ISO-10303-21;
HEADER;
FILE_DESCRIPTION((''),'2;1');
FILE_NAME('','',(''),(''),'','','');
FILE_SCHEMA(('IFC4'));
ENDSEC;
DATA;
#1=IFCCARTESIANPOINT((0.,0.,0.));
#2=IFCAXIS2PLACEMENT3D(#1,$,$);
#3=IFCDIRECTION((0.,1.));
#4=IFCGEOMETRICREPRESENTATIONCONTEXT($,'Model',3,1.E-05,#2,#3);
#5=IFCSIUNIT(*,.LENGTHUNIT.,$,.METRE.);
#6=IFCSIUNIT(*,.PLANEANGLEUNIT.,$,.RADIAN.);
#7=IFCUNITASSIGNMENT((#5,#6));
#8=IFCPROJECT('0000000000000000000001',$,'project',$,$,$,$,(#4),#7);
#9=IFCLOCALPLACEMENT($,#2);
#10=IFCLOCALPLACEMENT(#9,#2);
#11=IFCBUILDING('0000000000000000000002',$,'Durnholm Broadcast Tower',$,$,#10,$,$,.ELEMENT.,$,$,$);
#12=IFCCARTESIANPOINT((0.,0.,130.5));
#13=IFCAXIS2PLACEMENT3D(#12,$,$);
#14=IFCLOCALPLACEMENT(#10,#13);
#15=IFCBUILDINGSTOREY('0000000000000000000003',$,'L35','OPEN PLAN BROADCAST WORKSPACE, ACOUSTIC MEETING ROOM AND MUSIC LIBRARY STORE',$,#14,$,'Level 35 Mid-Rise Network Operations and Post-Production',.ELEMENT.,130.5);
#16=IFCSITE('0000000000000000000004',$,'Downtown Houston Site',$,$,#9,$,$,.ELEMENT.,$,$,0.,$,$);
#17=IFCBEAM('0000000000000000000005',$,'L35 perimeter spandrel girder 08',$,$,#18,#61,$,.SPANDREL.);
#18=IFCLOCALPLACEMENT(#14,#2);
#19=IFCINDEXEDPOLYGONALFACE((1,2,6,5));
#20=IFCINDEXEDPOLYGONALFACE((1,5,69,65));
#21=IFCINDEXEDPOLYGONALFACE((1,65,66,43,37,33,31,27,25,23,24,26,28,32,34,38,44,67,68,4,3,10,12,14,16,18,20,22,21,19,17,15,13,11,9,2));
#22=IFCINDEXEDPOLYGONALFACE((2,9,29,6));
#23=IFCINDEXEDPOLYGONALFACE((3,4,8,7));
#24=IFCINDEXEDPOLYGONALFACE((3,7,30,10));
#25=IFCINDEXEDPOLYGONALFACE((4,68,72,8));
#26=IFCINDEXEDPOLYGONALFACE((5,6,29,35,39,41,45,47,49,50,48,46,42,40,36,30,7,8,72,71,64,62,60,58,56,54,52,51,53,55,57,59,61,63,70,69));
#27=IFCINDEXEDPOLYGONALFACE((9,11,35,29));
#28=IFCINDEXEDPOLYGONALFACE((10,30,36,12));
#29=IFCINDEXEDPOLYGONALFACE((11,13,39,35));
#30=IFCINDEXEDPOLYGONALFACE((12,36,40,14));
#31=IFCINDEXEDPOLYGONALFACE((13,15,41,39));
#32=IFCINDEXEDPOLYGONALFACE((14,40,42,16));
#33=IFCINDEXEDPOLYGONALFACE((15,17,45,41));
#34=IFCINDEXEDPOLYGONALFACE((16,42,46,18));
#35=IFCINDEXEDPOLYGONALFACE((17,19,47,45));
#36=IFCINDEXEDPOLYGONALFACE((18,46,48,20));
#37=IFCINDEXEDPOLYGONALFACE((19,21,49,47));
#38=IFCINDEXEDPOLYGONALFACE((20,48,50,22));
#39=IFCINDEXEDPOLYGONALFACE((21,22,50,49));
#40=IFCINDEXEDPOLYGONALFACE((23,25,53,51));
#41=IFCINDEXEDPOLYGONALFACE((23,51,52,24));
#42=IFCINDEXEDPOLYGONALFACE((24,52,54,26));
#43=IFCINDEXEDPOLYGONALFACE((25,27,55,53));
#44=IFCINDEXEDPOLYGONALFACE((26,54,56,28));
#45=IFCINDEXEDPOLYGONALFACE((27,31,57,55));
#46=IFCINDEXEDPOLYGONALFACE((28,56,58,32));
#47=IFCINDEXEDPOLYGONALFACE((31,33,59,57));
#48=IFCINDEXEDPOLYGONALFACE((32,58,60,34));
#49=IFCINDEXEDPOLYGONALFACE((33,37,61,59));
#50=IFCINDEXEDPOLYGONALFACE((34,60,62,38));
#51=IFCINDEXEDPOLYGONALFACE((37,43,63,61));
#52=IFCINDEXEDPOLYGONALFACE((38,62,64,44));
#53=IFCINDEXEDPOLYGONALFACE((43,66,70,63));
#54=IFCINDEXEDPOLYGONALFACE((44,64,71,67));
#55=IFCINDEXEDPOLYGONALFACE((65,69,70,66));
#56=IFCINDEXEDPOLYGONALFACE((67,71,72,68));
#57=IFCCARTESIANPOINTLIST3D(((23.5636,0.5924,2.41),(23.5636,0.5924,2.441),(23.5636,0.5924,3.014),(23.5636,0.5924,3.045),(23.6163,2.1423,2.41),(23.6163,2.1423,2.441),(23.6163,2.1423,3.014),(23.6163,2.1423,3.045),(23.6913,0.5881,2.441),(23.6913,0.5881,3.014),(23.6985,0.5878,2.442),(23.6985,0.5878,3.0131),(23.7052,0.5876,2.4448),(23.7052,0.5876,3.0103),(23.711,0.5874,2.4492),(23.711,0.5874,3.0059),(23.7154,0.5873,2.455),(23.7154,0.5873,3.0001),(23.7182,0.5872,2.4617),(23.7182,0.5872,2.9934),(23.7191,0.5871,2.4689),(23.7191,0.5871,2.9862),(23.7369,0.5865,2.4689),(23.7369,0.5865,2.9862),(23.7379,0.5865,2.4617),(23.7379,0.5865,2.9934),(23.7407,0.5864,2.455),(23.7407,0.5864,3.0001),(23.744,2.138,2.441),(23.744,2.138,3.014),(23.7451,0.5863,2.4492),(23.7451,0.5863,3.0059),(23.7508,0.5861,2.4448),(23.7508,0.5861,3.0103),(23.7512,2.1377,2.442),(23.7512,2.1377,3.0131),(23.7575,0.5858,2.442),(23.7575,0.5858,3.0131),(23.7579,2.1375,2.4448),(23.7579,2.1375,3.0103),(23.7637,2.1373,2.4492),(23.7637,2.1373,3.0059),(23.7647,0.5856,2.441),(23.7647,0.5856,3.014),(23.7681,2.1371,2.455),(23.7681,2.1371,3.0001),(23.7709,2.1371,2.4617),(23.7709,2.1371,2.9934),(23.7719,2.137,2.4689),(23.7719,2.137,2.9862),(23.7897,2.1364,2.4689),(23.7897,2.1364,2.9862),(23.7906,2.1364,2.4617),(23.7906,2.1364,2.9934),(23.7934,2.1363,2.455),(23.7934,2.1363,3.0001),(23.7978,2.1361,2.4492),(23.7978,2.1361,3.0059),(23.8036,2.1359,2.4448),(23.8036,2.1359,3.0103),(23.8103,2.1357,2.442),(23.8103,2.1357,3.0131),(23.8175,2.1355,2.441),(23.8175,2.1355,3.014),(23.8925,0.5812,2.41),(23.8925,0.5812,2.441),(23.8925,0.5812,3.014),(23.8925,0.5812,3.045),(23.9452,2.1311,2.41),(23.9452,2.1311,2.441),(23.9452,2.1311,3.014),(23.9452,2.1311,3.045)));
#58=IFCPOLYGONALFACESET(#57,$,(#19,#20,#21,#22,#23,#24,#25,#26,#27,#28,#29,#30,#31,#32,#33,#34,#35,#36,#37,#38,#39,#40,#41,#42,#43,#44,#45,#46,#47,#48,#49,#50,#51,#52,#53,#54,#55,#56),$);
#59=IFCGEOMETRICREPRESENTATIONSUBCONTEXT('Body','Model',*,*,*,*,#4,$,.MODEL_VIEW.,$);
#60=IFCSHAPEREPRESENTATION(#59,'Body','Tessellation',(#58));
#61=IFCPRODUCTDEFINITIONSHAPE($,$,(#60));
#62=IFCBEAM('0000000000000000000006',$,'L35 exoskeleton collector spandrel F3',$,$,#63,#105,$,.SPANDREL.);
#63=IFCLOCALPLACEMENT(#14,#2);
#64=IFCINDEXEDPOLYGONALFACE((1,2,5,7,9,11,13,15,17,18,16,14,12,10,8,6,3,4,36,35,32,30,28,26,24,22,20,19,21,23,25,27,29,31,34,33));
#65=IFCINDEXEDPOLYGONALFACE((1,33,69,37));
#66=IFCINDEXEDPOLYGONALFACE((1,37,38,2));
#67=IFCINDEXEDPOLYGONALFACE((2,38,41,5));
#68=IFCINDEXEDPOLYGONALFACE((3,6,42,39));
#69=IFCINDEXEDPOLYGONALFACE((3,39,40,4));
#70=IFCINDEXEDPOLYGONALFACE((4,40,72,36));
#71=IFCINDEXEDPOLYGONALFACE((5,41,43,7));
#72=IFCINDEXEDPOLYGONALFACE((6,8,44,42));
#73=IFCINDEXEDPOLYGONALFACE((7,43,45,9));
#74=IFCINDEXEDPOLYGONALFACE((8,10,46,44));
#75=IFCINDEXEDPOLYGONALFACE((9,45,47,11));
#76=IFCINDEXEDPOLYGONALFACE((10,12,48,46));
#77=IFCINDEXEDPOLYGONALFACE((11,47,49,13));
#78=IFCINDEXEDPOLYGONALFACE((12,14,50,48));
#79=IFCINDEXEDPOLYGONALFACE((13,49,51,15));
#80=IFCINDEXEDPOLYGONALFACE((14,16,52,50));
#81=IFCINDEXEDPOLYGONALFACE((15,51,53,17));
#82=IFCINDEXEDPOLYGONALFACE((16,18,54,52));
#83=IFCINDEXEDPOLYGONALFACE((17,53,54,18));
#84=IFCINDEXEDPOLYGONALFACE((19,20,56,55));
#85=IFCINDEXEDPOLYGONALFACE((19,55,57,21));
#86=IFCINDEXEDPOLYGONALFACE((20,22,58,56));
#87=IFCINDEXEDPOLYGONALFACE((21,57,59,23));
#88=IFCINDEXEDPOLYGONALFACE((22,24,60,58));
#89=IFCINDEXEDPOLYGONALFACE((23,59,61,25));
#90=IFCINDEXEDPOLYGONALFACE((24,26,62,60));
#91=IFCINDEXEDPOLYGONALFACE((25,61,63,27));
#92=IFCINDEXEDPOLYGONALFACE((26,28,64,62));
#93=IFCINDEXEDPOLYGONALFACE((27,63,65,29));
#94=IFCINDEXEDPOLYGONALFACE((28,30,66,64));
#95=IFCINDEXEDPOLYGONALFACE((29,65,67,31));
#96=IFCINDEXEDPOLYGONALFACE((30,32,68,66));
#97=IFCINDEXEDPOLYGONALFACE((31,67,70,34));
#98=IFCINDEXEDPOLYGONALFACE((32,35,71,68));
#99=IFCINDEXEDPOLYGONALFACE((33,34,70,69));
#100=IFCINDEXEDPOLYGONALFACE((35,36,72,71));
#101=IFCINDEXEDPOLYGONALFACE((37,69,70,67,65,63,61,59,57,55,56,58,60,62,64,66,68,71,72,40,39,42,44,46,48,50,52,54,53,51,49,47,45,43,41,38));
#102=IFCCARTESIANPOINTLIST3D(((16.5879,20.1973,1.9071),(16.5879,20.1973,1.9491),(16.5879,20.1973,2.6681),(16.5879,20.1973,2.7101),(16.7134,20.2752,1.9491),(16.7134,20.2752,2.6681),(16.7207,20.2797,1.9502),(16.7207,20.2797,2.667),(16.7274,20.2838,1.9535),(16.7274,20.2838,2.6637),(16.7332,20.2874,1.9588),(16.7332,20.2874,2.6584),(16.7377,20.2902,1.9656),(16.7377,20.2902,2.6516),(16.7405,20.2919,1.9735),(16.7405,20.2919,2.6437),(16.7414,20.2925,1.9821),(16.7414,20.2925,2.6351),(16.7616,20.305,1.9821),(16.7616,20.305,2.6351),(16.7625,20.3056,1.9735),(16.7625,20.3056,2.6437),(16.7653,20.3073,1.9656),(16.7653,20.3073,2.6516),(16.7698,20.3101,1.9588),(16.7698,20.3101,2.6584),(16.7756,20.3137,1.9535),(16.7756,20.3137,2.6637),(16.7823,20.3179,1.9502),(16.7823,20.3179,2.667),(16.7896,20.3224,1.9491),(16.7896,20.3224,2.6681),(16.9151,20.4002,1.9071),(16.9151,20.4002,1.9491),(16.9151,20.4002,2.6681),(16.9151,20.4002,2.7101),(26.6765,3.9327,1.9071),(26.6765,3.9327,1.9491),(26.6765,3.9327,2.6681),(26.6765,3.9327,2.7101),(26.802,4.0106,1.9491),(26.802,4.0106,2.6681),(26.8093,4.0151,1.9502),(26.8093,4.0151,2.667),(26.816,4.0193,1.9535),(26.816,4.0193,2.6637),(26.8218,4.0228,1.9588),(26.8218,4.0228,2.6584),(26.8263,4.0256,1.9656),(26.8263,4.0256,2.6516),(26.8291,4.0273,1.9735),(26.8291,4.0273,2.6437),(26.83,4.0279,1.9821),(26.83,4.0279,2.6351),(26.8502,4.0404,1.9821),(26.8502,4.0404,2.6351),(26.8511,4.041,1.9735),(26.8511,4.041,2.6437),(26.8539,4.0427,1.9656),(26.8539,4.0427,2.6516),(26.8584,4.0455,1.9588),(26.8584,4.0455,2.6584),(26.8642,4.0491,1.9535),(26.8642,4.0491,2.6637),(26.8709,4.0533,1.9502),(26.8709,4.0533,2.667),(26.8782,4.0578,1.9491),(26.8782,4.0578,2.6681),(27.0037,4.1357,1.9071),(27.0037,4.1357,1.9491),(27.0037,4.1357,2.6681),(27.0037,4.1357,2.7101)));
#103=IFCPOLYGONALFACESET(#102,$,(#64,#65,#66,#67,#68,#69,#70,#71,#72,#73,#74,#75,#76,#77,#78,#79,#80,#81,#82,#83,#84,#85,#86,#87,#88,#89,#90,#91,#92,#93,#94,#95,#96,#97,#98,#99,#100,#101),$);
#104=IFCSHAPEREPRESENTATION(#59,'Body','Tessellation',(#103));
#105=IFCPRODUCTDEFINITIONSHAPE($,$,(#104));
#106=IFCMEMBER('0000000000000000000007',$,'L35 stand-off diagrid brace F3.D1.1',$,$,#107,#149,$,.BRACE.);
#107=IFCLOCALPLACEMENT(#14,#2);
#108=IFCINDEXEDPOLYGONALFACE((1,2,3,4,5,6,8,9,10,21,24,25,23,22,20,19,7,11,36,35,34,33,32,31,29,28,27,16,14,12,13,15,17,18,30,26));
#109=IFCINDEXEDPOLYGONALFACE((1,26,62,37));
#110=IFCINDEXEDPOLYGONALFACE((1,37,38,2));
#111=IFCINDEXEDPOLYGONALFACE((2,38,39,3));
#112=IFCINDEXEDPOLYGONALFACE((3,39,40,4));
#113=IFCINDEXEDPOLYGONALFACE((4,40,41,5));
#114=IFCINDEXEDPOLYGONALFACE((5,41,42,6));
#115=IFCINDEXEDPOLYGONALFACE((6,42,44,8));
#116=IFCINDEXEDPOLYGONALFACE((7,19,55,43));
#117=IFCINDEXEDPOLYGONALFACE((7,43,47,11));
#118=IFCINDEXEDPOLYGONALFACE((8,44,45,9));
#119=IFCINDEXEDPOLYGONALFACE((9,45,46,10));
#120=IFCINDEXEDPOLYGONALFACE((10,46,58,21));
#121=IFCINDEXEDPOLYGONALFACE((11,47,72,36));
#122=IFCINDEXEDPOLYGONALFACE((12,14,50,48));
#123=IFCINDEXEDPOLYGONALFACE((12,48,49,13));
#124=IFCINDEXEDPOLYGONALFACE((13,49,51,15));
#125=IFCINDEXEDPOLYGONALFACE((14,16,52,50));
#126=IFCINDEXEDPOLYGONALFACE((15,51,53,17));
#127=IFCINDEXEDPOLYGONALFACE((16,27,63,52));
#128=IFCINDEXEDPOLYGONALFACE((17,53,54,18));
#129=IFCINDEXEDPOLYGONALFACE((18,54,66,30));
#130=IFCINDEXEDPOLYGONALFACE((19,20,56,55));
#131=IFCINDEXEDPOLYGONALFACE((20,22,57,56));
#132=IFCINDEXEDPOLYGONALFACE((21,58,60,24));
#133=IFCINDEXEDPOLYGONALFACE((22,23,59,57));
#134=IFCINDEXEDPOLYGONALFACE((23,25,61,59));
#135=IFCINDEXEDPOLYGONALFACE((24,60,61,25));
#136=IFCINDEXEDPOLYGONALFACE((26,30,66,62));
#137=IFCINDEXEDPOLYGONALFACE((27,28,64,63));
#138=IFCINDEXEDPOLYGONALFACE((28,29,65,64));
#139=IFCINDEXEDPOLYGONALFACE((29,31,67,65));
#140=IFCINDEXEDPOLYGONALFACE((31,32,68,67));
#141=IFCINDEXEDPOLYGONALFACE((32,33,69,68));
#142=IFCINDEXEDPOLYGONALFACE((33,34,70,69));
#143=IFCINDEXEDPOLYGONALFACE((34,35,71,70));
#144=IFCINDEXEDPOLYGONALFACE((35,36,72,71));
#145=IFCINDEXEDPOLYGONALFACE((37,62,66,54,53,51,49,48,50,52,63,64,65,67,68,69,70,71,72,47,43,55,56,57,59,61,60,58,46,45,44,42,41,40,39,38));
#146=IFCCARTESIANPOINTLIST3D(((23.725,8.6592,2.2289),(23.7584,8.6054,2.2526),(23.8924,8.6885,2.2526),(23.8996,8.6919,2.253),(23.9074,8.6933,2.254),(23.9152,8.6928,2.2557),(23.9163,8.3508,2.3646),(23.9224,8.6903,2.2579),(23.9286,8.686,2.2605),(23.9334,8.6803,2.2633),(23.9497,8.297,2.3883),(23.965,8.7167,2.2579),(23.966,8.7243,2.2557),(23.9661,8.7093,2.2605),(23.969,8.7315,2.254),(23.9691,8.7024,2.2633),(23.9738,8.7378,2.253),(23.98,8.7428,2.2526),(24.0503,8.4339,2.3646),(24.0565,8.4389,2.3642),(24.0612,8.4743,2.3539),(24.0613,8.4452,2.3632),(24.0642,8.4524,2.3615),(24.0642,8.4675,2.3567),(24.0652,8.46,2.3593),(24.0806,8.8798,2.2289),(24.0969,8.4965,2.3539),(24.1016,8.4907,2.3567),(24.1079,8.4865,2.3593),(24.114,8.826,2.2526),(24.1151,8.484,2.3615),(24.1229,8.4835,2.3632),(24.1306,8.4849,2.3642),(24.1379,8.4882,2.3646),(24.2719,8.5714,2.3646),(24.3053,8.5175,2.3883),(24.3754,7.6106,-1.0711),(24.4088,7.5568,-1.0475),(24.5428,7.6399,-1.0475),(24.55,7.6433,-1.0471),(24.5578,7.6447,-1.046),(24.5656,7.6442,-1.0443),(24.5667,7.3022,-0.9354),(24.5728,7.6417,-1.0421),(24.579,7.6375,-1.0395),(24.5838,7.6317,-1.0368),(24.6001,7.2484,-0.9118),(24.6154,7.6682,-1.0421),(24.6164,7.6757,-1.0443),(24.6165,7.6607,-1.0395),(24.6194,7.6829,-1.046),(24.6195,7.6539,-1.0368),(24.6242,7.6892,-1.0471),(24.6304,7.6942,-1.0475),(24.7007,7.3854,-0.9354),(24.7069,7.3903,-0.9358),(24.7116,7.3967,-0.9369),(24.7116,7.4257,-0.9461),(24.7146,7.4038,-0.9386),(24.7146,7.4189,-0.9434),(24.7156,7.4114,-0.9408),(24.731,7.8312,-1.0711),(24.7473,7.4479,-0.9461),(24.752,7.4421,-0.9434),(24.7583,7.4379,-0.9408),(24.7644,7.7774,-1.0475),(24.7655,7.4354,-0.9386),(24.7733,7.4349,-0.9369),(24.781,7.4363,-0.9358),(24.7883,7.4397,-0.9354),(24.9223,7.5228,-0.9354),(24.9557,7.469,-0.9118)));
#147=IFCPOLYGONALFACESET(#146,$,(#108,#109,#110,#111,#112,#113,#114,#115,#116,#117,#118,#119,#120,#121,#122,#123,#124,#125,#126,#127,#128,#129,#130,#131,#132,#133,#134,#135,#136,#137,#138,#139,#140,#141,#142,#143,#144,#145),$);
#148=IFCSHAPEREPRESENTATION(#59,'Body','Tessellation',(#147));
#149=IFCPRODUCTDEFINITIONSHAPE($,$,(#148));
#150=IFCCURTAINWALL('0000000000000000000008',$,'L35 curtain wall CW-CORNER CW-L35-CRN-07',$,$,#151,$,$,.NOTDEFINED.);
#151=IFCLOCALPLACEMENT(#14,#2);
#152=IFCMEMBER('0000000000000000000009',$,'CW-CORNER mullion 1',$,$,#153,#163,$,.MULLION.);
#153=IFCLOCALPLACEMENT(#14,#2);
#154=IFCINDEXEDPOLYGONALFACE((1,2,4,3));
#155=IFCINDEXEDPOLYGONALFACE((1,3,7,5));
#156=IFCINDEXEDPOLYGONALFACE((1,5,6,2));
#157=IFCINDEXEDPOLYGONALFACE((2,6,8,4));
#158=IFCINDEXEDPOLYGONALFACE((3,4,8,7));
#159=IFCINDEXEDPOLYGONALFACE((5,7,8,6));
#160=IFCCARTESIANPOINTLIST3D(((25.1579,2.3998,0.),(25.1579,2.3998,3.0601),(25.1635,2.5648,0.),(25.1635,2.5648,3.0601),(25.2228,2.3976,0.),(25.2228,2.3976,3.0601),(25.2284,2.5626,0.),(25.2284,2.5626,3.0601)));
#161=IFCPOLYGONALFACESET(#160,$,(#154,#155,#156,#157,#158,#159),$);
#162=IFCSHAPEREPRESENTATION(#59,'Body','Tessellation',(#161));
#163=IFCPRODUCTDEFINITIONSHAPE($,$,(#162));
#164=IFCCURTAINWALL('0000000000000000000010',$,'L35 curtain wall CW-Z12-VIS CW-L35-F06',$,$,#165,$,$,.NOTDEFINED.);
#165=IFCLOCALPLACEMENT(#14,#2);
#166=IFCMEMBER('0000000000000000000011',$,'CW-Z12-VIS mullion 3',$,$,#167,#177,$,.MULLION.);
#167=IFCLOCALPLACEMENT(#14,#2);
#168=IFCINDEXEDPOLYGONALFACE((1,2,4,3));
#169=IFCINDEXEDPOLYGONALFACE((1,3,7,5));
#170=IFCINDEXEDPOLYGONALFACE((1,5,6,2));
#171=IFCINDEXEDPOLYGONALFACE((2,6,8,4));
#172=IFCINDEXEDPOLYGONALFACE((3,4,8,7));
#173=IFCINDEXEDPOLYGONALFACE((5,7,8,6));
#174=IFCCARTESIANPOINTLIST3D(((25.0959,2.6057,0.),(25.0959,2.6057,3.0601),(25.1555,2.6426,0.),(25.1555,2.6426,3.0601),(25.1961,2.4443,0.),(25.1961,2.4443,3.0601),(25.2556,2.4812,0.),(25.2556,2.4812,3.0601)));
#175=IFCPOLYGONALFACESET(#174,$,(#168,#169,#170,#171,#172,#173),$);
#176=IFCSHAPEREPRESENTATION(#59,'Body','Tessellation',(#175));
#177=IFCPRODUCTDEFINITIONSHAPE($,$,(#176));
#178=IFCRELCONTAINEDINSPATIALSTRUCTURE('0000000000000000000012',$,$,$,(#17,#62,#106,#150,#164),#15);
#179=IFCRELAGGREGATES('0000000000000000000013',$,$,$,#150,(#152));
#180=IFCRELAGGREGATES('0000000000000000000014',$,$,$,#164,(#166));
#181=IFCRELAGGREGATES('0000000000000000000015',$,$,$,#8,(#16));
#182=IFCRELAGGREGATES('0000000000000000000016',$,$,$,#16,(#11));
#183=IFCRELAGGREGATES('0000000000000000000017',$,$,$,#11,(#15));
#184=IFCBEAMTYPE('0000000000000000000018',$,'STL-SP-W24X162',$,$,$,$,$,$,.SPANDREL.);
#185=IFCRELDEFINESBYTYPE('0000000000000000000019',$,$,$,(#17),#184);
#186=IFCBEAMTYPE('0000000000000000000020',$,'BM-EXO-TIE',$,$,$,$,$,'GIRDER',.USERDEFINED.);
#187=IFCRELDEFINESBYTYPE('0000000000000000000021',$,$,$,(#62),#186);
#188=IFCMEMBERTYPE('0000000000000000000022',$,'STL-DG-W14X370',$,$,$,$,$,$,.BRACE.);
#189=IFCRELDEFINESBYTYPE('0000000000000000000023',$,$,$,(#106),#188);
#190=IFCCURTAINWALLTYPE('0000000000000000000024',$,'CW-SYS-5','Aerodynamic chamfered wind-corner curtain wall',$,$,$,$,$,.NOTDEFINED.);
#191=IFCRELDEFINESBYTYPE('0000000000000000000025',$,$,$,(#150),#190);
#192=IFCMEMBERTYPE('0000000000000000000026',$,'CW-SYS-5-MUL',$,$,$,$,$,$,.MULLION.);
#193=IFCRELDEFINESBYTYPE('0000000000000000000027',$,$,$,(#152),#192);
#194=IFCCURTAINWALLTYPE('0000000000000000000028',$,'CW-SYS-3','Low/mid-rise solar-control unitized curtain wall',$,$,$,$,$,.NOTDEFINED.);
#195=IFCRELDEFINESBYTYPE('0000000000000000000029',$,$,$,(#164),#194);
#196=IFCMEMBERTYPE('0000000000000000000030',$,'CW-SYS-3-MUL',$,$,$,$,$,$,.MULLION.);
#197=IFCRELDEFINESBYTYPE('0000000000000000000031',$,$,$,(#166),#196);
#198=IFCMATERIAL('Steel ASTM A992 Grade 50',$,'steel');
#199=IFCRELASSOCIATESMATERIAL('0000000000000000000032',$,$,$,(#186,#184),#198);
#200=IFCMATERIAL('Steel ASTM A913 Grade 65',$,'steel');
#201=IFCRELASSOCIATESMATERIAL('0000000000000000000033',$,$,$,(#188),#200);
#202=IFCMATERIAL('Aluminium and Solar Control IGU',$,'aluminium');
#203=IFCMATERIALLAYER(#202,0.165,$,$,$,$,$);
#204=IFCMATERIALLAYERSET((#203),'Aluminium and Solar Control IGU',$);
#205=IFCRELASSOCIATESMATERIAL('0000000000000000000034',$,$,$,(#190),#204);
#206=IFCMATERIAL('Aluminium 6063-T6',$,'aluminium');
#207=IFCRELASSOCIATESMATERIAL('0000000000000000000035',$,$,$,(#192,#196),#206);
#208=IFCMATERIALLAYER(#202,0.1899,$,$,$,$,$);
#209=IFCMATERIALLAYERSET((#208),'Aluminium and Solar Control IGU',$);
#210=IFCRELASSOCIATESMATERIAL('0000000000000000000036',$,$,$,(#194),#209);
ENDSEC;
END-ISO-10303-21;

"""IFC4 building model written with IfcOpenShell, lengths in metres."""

from ifc_helpers import new_model, si_unit, direction, frame, origin, origin_2d, place, context, subcontext, project, spatial, rectangle, i_section, extrude, source, transform, mapped, material, layer, layer_set, material_profile, profile_set, type_object, type_shapes, element, aggregate, save


model = new_model("IFC4")

# Units and contexts
model_context = context("Model", 3, precision=1e-05, world=origin(), true_north=direction((0.0, 1.0)))
body_context = subcontext(model_context, "Body", "Model", "MODEL_VIEW")
ifc_project = project(units=[si_unit("LENGTHUNIT", "METRE"), si_unit("PLANEANGLEUNIT", "RADIAN")], contexts=[model_context])

# Site, building, storey
site_placement = place(None, origin())
site = spatial("IfcSite", under=ifc_project, at=site_placement, Name="Downtown Houston Site", CompositionType="ELEMENT", RefElevation=0.0)
building_placement = place(site_placement, origin())
building = spatial("IfcBuilding", under=site, at=building_placement, Name="Durnholm Broadcast Tower", CompositionType="ELEMENT")
storey_placement = place(building_placement, frame((0.0, 0.0, 130.5)))
storey = spatial("IfcBuildingStorey", under=building, at=storey_placement, Name="L35", Description="OPEN PLAN BROADCAST WORKSPACE, ACOUSTIC MEETING ROOM AND MUSIC LIBRARY STORE", LongName="Level 35 Mid-Rise Network Operations and Post-Production", CompositionType="ELEMENT", Elevation=130.5)

# Beams
ifc_material_1 = material(Name="Steel ASTM A992 Grade 50", Category="steel")
ifc_material_profile_1 = material_profile(ifc_material_1, i_section(OverallWidth=0.385, OverallDepth=0.803, WebThickness=0.0237, FlangeThickness=0.042, FilletRadius=0.033, at=origin_2d()), Name="W30X261")
ifc_profile_set_1 = profile_set([ifc_material_profile_1], Name="Steel ASTM A992 Grade 50")
beam_type_1 = type_object("IfcBeamType", Name="BM-EXO-TIE", ElementType="GIRDER", PredefinedType="USERDEFINED", material=ifc_profile_set_1)
ifc_material_profile_2 = material_profile(ifc_material_1, i_section(OverallWidth=0.3291, OverallDepth=0.635, WebThickness=0.0178, FlangeThickness=0.031, FilletRadius=0.0278, at=origin_2d()), Name="W24X162")
ifc_profile_set_2 = profile_set([ifc_material_profile_2], Name="Steel ASTM A992 Grade 50")
beam_type_2 = type_object("IfcBeamType", Name="STL-SP-W24X162", PredefinedType="SPANDREL", material=ifc_profile_set_2)
shared_shape_1 = source(origin(), body_context, "Body", "SweptSolid", [
    extrude(i_section(OverallWidth=0.3291, OverallDepth=0.635, WebThickness=0.0178, FlangeThickness=0.031, FilletRadius=0.0278, at=origin_2d()), origin(), (0.0, 0.0, 1.0), 1.5508),
])
beam_1_placement = place(storey_placement, frame((23.7808, 2.1367, 2.7275), z_axis=(-0.034007, -0.999422, 0.0), x_axis=(0.999422, -0.034007, 0.0)))
element("IfcBeam", 1, at=beam_1_placement, inside=storey, type_object=beam_type_2, Name="L35 perimeter spandrel girder 08", PredefinedType="SPANDREL", context=body_context, shape_type="MappedRepresentation", body=[
    mapped(shared_shape_1, transform((0.0, 0.0, 0.0), x_axis=(1.0, 0.0, 0.0), y_axis=(0.0, 1.0, 0.0), z_axis=(0.0, 0.0, 1.0), scale=1.0)),
])
shared_shape_2 = source(origin(), body_context, "Body", "SweptSolid", [
    extrude(i_section(OverallWidth=0.385, OverallDepth=0.803, WebThickness=0.0237, FlangeThickness=0.042, FilletRadius=0.033, at=origin_2d()), origin(), (0.0, 0.0, 1.0), 19.1394),
])
beam_2_placement = place(storey_placement, frame((26.8401, 4.0342, 2.3086), z_axis=(-0.527111, 0.849796, 0.0), x_axis=(-0.849796, -0.527111, 0.0)))
element("IfcBeam", 2, at=beam_2_placement, inside=storey, type_object=beam_type_1, Name="L35 exoskeleton collector spandrel F3", PredefinedType="SPANDREL", context=body_context, shape_type="MappedRepresentation", body=[
    mapped(shared_shape_2, transform((0.0, 0.0, 0.0), x_axis=(1.0, 0.0, 0.0), y_axis=(0.0, 1.0, 0.0), z_axis=(0.0, 0.0, 1.0), scale=1.0)),
])

# Member
ifc_material_2 = material(Name="Steel ASTM A913 Grade 65", Category="steel")
ifc_material_profile_3 = material_profile(ifc_material_2, i_section(OverallWidth=0.4185, OverallDepth=0.4551, WebThickness=0.042, FlangeThickness=0.0676, FilletRadius=0.0305, at=origin_2d()), Name="W14X370")
ifc_profile_set_3 = profile_set([ifc_material_profile_3], Name="Steel ASTM A913 Grade 65")
member_type_1 = type_object("IfcMemberType", Name="STL-DG-W14X370", PredefinedType="BRACE", material=ifc_profile_set_3)
shared_shape_3 = source(origin(), body_context, "Body", "SweptSolid", [
    extrude(i_section(OverallWidth=0.4185, OverallDepth=0.4551, WebThickness=0.042, FlangeThickness=0.0676, FilletRadius=0.0305, at=origin_2d()), origin(), (0.0, 0.0, 1.0), 3.5232),
])
type_shapes(member_type_1, [shared_shape_3])
member_1_placement = place(storey_placement, frame((24.6655, 7.5398, -0.9915), z_axis=(-0.184603, 0.297624, 0.936665), x_axis=(-0.849805, -0.527097, 0.0)))
element("IfcMember", 3, at=member_1_placement, inside=storey, type_object=member_type_1, Name="L35 stand-off diagrid brace F3.D1.1", PredefinedType="BRACE", context=body_context, shape_type="MappedRepresentation", body=[
    mapped(shared_shape_3, transform((0.0, 0.0, 0.0), x_axis=(1.0, 0.0, 0.0), y_axis=(0.0, 1.0, 0.0), z_axis=(0.0, 0.0, 1.0), scale=1.0)),
])

# Curtain walls, members
ifc_material_3 = material(Name="Aluminium and Solar Control IGU", Category="aluminium")
ifc_layer_1 = layer(ifc_material_3, 0.165)
ifc_layer_set_1 = layer_set([ifc_layer_1], Name="Aluminium and Solar Control IGU")
curtain_wall_type_1 = type_object("IfcCurtainWallType", Name="CW-SYS-5", Description="Aerodynamic chamfered wind-corner curtain wall", PredefinedType="NOTDEFINED", material=ifc_layer_set_1)
curtain_wall_1_placement = place(storey_placement, origin())
curtain_wall_1 = element("IfcCurtainWall", 4, at=curtain_wall_1_placement, inside=storey, type_object=curtain_wall_type_1, Name="L35 curtain wall CW-CORNER CW-L35-CRN-07", PredefinedType="NOTDEFINED")
ifc_material_4 = material(Name="Aluminium 6063-T6", Category="aluminium")
ifc_material_profile_4 = material_profile(ifc_material_4, rectangle(XDim=0.0649, YDim=0.165, at=origin_2d()), Name="CWM65X165")
ifc_profile_set_4 = profile_set([ifc_material_profile_4], Name="Aluminium 6063-T6")
member_type_2 = type_object("IfcMemberType", Name="CW-SYS-5-MUL", PredefinedType="MULLION", material=ifc_profile_set_4)
shared_shape_4 = source(origin(), body_context, "Body", "SweptSolid", [
    extrude(rectangle(XDim=0.0649, YDim=0.165, at=origin_2d()), origin(), (0.0, 0.0, 1.0), 3.0601),
])
type_shapes(member_type_2, [shared_shape_4])
member_2_placement = place(storey_placement, frame((25.1931, 2.4812, 0.0), z_axis=(0.0, 0.0, 1.0), x_axis=(0.999425, -0.033917, 0.0)))
member_2 = element("IfcMember", 5, at=member_2_placement, type_object=member_type_2, Name="CW-CORNER mullion 1", PredefinedType="MULLION", context=body_context, shape_type="MappedRepresentation", body=[
    mapped(shared_shape_4, transform((0.0, 0.0, 0.0), x_axis=(1.0, 0.0, 0.0), y_axis=(0.0, 1.0, 0.0), z_axis=(0.0, 0.0, 1.0), scale=1.0)),
])
ifc_layer_2 = layer(ifc_material_3, 0.1899)
ifc_layer_set_2 = layer_set([ifc_layer_2], Name="Aluminium and Solar Control IGU")
curtain_wall_type_2 = type_object("IfcCurtainWallType", Name="CW-SYS-3", Description="Low/mid-rise solar-control unitized curtain wall", PredefinedType="NOTDEFINED", material=ifc_layer_set_2)
curtain_wall_2_placement = place(storey_placement, origin())
curtain_wall_2 = element("IfcCurtainWall", 6, at=curtain_wall_2_placement, inside=storey, type_object=curtain_wall_type_2, Name="L35 curtain wall CW-Z12-VIS CW-L35-F06", PredefinedType="NOTDEFINED")
ifc_material_profile_5 = material_profile(ifc_material_4, rectangle(XDim=0.0701, YDim=0.1899, at=origin_2d()), Name="CWM70X190")
ifc_profile_set_5 = profile_set([ifc_material_profile_5], Name="Aluminium 6063-T6")
member_type_3 = type_object("IfcMemberType", Name="CW-SYS-3-MUL", PredefinedType="MULLION", material=ifc_profile_set_5)
shared_shape_5 = source(origin(), body_context, "Body", "SweptSolid", [
    extrude(rectangle(XDim=0.0701, YDim=0.1899, at=origin_2d()), origin(), (0.0, 0.0, 1.0), 3.0601),
])
type_shapes(member_type_3, [shared_shape_5])
member_3_placement = place(storey_placement, frame((25.1758, 2.5435, 0.0), z_axis=(0.0, 0.0, 1.0), x_axis=(0.8498, 0.527105, 0.0)))
member_3 = element("IfcMember", 7, at=member_3_placement, type_object=member_type_3, Name="CW-Z12-VIS mullion 3", PredefinedType="MULLION", context=body_context, shape_type="MappedRepresentation", body=[
    mapped(shared_shape_5, transform((0.0, 0.0, 0.0), x_axis=(1.0, 0.0, 0.0), y_axis=(0.0, 1.0, 0.0), z_axis=(0.0, 0.0, 1.0), scale=1.0)),
])

aggregate(curtain_wall_1, [member_2])
aggregate(curtain_wall_2, [member_3])

save(model, "model.ifc")
